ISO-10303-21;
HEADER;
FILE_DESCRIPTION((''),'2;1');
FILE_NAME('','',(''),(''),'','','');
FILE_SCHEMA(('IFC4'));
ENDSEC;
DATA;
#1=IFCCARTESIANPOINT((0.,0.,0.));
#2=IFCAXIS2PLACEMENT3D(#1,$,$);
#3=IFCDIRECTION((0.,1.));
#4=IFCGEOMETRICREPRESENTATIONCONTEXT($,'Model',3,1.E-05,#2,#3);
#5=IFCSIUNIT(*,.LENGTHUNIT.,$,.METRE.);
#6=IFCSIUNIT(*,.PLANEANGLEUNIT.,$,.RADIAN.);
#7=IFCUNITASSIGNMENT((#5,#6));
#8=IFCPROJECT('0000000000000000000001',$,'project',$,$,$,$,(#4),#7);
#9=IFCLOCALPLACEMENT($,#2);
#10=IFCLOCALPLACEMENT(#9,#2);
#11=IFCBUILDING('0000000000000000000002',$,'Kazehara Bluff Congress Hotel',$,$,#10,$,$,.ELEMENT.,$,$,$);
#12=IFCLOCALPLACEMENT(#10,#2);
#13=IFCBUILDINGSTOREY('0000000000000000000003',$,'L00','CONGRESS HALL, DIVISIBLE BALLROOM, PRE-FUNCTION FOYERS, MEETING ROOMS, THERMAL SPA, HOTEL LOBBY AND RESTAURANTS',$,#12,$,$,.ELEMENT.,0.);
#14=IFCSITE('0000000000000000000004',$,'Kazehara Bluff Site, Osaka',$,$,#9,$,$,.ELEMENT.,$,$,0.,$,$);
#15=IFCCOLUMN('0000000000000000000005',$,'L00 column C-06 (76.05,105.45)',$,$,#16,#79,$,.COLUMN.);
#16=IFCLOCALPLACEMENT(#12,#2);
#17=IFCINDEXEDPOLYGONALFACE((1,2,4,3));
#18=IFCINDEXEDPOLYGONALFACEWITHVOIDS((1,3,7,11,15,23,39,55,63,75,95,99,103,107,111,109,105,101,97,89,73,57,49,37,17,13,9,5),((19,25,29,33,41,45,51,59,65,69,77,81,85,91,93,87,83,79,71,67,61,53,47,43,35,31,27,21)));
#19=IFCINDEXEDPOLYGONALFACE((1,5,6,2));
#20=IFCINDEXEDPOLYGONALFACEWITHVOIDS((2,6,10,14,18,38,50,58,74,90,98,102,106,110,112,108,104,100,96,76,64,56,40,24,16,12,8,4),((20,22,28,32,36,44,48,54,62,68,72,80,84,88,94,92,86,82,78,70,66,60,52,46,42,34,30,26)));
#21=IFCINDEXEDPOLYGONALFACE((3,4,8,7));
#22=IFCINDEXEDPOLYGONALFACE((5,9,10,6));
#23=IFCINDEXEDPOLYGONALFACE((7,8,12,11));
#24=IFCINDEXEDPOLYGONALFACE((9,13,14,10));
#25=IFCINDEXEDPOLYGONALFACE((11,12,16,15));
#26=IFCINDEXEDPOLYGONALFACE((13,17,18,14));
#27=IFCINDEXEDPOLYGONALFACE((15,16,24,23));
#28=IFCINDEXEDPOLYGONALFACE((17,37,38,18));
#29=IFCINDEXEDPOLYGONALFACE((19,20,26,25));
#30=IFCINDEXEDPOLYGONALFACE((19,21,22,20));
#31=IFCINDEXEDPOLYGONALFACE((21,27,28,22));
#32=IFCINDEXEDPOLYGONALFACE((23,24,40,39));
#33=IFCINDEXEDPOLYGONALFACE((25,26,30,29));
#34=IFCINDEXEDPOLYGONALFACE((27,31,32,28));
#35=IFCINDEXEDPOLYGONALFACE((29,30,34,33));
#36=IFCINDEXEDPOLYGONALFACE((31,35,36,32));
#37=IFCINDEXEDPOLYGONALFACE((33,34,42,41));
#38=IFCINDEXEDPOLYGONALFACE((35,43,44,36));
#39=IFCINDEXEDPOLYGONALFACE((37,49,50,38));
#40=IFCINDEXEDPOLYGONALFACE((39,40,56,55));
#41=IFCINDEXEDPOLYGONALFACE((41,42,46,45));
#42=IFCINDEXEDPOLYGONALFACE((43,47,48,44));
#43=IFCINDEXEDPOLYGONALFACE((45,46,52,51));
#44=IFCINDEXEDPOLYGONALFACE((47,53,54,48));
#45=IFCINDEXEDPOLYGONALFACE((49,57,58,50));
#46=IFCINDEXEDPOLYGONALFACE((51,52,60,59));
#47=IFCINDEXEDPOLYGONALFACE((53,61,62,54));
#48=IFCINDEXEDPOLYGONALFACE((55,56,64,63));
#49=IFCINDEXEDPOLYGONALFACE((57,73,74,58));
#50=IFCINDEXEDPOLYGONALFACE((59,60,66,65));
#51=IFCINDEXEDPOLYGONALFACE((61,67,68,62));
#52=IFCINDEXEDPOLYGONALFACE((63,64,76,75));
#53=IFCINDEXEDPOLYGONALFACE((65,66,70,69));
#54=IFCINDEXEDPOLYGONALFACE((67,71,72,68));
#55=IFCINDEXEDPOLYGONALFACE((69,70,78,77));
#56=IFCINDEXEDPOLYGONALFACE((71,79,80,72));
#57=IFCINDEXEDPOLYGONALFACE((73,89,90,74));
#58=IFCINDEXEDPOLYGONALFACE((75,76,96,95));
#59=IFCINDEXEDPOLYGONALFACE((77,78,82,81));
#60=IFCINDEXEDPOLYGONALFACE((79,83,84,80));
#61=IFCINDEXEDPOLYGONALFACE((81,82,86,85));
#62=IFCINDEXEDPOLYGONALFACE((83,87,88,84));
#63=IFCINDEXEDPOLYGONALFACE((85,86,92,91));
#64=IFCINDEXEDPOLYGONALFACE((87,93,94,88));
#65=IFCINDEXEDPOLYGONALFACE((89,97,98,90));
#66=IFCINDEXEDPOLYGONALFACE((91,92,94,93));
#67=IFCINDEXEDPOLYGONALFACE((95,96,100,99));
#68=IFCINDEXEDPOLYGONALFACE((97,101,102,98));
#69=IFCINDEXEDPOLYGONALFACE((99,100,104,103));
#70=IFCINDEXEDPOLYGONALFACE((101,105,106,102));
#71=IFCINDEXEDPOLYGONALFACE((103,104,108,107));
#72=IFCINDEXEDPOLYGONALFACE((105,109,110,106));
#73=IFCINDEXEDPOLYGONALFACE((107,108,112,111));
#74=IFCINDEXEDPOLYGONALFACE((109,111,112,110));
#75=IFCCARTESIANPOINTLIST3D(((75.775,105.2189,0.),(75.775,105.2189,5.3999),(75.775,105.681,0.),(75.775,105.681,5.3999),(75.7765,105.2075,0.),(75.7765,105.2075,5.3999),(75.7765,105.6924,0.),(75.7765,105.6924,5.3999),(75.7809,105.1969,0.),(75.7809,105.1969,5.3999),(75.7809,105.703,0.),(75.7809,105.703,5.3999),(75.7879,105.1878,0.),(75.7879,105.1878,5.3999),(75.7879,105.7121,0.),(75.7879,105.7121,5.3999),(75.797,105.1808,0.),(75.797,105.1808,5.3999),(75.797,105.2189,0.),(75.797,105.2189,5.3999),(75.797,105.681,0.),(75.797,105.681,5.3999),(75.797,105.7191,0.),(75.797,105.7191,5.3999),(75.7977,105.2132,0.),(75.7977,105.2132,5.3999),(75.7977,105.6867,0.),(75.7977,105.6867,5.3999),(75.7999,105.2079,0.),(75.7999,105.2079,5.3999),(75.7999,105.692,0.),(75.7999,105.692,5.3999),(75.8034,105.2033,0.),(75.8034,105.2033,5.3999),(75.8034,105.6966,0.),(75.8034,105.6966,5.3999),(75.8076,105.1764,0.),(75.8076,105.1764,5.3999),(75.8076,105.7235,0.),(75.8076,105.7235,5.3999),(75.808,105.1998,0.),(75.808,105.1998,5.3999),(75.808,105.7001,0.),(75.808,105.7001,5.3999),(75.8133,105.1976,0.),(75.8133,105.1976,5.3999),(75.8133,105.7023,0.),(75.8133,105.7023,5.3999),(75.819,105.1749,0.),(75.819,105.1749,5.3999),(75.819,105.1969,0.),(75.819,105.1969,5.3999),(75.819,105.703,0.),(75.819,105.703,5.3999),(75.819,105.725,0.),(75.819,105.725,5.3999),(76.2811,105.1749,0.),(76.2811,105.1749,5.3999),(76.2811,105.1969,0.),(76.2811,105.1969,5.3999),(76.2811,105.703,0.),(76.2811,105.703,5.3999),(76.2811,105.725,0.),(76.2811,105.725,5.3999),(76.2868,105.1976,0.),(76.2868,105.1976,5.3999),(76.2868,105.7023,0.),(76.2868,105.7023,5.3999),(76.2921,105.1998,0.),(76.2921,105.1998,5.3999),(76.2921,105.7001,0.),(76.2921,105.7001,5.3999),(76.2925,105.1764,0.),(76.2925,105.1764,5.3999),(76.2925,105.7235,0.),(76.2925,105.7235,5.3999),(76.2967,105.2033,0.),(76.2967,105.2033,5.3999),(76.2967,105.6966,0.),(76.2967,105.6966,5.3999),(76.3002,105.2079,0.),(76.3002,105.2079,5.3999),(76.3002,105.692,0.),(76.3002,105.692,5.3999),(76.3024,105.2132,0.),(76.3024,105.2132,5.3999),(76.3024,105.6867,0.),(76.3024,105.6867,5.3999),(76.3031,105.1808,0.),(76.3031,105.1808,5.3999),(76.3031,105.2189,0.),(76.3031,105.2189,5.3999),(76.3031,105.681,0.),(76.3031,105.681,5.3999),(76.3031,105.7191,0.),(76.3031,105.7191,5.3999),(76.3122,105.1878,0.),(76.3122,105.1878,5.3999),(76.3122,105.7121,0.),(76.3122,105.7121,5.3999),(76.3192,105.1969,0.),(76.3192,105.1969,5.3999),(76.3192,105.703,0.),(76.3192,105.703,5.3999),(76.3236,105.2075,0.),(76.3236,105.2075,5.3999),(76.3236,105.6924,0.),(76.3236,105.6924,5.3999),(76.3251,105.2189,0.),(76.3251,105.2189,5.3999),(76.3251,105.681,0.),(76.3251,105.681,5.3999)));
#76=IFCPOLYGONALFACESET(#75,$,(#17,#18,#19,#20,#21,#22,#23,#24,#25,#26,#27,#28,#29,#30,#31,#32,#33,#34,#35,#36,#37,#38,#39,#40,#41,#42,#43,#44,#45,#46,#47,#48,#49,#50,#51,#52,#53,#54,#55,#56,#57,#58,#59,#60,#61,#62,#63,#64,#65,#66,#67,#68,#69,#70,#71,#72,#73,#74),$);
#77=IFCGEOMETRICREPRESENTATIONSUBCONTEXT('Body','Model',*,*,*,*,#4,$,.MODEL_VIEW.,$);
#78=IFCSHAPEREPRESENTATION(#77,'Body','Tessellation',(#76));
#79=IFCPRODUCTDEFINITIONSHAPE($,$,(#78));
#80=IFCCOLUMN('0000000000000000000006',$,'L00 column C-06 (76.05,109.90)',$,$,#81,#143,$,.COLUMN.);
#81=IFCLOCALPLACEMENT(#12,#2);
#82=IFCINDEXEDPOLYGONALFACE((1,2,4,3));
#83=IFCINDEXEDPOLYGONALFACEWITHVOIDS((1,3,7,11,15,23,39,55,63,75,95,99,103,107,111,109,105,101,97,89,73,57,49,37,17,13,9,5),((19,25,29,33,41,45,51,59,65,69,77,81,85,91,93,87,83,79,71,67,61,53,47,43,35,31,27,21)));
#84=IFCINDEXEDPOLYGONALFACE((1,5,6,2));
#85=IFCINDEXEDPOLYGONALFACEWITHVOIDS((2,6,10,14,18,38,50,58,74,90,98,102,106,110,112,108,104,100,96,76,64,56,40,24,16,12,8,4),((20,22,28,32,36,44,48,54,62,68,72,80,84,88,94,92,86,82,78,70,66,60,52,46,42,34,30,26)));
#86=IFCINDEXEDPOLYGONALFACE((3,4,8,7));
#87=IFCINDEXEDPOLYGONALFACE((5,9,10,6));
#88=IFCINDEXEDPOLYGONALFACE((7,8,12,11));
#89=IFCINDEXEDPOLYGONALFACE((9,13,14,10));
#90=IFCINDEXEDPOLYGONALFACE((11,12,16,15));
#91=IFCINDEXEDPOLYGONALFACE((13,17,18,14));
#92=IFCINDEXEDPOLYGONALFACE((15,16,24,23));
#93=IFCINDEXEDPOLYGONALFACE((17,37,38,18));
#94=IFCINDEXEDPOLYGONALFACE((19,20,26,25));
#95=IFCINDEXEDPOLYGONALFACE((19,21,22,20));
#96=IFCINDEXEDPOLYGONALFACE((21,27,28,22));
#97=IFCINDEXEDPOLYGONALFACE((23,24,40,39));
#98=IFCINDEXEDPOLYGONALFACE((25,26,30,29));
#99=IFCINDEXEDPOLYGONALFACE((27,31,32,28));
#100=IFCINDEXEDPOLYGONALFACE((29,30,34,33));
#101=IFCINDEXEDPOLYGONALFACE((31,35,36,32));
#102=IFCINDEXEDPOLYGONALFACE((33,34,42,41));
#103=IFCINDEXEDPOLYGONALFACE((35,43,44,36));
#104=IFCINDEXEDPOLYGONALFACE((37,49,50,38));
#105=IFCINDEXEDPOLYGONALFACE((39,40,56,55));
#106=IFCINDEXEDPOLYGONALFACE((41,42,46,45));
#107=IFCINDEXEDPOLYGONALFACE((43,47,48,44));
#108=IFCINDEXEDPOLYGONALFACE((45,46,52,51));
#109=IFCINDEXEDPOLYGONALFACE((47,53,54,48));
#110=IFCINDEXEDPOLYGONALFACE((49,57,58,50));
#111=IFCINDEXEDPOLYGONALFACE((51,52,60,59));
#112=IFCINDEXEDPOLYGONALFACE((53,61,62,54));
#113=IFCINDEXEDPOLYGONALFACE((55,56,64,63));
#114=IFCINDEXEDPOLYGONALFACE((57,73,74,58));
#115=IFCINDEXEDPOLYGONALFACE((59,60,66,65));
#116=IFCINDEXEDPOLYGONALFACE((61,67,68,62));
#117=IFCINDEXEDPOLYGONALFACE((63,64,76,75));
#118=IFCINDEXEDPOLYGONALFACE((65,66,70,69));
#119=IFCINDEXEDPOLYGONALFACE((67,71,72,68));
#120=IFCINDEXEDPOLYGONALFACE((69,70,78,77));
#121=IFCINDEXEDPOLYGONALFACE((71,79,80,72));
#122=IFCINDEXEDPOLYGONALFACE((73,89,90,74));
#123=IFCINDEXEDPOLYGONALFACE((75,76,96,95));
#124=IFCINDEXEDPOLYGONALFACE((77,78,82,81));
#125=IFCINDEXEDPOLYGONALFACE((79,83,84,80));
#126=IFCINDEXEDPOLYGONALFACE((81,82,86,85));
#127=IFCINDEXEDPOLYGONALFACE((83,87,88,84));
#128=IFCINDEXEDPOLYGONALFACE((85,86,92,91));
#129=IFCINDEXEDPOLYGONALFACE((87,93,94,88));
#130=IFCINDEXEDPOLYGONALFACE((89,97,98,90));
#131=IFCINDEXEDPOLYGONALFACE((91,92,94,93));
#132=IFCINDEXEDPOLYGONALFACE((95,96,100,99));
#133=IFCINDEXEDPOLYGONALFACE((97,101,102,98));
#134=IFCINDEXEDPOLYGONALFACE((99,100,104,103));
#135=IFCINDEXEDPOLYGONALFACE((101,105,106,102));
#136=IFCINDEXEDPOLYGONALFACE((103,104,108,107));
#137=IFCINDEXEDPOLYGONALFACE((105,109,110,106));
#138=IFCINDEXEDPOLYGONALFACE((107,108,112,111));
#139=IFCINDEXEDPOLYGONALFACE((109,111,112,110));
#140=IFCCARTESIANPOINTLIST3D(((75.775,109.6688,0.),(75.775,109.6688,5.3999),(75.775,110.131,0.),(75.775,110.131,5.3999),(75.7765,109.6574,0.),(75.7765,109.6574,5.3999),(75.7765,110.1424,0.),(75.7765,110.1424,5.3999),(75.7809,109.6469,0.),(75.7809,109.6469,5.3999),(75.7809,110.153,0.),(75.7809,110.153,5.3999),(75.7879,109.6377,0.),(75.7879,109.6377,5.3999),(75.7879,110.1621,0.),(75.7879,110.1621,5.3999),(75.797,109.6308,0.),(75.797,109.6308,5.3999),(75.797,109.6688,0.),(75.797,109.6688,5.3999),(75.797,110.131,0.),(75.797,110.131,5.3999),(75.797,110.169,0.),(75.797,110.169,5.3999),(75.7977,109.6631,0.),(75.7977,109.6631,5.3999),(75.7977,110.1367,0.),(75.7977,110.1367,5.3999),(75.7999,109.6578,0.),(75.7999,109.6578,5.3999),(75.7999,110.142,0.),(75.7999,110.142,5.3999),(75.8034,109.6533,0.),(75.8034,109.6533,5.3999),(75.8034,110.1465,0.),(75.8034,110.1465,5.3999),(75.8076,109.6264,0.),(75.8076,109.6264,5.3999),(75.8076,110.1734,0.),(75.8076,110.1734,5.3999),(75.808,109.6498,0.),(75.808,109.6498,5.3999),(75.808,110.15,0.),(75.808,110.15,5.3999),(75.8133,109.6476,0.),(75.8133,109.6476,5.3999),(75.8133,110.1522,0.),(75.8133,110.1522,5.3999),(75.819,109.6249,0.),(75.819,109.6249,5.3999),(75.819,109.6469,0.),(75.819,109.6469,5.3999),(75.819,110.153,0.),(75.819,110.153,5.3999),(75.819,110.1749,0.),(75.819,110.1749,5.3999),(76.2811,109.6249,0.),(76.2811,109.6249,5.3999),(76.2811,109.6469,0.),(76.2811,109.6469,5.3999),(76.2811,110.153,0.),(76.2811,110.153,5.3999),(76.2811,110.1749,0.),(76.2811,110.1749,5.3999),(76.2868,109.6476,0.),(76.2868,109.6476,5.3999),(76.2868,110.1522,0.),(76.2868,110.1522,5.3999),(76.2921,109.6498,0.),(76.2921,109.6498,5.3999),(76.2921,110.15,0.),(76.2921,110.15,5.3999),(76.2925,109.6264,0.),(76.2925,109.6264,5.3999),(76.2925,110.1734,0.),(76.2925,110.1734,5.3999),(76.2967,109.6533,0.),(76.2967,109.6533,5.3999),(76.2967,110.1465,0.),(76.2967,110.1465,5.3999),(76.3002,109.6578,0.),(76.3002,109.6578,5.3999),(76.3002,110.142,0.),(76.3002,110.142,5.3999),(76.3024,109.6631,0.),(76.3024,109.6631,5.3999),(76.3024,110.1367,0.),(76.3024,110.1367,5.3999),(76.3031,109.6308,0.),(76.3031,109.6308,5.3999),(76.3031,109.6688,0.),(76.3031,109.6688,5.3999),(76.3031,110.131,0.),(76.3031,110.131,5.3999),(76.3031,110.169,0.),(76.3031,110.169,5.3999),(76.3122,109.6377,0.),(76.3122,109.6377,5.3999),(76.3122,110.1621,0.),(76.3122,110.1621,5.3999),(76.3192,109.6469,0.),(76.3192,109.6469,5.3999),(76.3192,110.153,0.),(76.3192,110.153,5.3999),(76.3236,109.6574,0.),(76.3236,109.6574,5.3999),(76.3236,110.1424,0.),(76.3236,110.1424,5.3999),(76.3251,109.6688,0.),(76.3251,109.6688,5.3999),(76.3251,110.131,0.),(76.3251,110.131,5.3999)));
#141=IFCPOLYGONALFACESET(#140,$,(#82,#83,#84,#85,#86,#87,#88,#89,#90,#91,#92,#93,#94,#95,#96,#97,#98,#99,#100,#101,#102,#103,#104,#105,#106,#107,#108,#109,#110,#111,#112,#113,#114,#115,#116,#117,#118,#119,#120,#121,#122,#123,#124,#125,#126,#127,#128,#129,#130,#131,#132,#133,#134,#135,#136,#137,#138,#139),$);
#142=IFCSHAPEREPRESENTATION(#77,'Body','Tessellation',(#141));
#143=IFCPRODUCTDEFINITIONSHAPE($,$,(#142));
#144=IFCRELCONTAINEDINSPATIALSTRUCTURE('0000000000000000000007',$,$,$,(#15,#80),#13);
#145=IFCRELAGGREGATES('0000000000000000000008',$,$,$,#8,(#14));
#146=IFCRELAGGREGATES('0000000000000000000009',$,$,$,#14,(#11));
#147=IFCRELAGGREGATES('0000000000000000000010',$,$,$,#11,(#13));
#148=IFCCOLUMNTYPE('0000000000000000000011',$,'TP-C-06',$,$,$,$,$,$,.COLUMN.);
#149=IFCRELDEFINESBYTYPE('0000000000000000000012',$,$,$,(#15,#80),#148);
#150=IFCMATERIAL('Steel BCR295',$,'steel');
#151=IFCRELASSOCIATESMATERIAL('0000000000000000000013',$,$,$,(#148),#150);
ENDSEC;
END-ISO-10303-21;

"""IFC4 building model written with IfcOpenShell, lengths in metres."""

from ifc_helpers import new_model, si_unit, direction, frame, origin, origin_2d, place, context, subcontext, project, spatial, hollow_rectangle, extrude, material, material_profile, profile_set, type_object, element, save


model = new_model("IFC4")

# Units and contexts
model_context = context("Model", 3, precision=1e-05, world=origin(), true_north=direction((0.0, 1.0)))
body_context = subcontext(model_context, "Body", "Model", "MODEL_VIEW")
ifc_project = project(units=[si_unit("LENGTHUNIT", "METRE"), si_unit("PLANEANGLEUNIT", "RADIAN")], contexts=[model_context])

# Site, building, storey
site_placement = place(None, origin())
site = spatial("IfcSite", under=ifc_project, at=site_placement, Name="Kazehara Bluff Site, Osaka", CompositionType="ELEMENT", RefElevation=0.0)
building_placement = place(site_placement, origin())
building = spatial("IfcBuilding", under=site, at=building_placement, Name="Kazehara Bluff Congress Hotel", CompositionType="ELEMENT")
storey_placement = place(building_placement, origin())
storey = spatial("IfcBuildingStorey", under=building, at=storey_placement, Name="L00", Description="CONGRESS HALL, DIVISIBLE BALLROOM, PRE-FUNCTION FOYERS, MEETING ROOMS, THERMAL SPA, HOTEL LOBBY AND RESTAURANTS", CompositionType="ELEMENT", Elevation=0.0)

# Columns
ifc_material_1 = material(Name="Steel BCR295", Category="steel")
ifc_material_profile_1 = material_profile(ifc_material_1, hollow_rectangle(XDim=0.55, YDim=0.55, WallThickness=0.022, InnerFilletRadius=0.022, OuterFilletRadius=0.0439, at=origin_2d()))
ifc_profile_set_1 = profile_set([ifc_material_profile_1], Name="Steel BCR295")
column_type = type_object("IfcColumnType", Name="TP-C-06", PredefinedType="COLUMN", material=ifc_profile_set_1)
for number, where, z_axis, x_axis, name in (
    (1, (76.05, 105.45, 0.0), (0.0, 0.0, 1.0), (1.0, 0.0, 0.0), "L00 column C-06 (76.05,105.45)"),
    (2, (76.05, 109.8999, 0.0), (0.0, 0.0, 1.0), (1.0, 0.0, 0.0), "L00 column C-06 (76.05,109.90)"),
):
    element("IfcColumn", number, at=place(storey_placement, frame(where, z_axis=z_axis, x_axis=x_axis)), inside=storey, type_object=column_type, Name=name, PredefinedType="COLUMN", context=body_context, shape_type="SweptSolid", body=[
        extrude(hollow_rectangle(XDim=0.55, YDim=0.55, WallThickness=0.022, InnerFilletRadius=0.022, OuterFilletRadius=0.0439, at=origin_2d()), origin(), (0.0, 0.0, 1.0), 5.3999),
    ])

save(model, "model.ifc")
